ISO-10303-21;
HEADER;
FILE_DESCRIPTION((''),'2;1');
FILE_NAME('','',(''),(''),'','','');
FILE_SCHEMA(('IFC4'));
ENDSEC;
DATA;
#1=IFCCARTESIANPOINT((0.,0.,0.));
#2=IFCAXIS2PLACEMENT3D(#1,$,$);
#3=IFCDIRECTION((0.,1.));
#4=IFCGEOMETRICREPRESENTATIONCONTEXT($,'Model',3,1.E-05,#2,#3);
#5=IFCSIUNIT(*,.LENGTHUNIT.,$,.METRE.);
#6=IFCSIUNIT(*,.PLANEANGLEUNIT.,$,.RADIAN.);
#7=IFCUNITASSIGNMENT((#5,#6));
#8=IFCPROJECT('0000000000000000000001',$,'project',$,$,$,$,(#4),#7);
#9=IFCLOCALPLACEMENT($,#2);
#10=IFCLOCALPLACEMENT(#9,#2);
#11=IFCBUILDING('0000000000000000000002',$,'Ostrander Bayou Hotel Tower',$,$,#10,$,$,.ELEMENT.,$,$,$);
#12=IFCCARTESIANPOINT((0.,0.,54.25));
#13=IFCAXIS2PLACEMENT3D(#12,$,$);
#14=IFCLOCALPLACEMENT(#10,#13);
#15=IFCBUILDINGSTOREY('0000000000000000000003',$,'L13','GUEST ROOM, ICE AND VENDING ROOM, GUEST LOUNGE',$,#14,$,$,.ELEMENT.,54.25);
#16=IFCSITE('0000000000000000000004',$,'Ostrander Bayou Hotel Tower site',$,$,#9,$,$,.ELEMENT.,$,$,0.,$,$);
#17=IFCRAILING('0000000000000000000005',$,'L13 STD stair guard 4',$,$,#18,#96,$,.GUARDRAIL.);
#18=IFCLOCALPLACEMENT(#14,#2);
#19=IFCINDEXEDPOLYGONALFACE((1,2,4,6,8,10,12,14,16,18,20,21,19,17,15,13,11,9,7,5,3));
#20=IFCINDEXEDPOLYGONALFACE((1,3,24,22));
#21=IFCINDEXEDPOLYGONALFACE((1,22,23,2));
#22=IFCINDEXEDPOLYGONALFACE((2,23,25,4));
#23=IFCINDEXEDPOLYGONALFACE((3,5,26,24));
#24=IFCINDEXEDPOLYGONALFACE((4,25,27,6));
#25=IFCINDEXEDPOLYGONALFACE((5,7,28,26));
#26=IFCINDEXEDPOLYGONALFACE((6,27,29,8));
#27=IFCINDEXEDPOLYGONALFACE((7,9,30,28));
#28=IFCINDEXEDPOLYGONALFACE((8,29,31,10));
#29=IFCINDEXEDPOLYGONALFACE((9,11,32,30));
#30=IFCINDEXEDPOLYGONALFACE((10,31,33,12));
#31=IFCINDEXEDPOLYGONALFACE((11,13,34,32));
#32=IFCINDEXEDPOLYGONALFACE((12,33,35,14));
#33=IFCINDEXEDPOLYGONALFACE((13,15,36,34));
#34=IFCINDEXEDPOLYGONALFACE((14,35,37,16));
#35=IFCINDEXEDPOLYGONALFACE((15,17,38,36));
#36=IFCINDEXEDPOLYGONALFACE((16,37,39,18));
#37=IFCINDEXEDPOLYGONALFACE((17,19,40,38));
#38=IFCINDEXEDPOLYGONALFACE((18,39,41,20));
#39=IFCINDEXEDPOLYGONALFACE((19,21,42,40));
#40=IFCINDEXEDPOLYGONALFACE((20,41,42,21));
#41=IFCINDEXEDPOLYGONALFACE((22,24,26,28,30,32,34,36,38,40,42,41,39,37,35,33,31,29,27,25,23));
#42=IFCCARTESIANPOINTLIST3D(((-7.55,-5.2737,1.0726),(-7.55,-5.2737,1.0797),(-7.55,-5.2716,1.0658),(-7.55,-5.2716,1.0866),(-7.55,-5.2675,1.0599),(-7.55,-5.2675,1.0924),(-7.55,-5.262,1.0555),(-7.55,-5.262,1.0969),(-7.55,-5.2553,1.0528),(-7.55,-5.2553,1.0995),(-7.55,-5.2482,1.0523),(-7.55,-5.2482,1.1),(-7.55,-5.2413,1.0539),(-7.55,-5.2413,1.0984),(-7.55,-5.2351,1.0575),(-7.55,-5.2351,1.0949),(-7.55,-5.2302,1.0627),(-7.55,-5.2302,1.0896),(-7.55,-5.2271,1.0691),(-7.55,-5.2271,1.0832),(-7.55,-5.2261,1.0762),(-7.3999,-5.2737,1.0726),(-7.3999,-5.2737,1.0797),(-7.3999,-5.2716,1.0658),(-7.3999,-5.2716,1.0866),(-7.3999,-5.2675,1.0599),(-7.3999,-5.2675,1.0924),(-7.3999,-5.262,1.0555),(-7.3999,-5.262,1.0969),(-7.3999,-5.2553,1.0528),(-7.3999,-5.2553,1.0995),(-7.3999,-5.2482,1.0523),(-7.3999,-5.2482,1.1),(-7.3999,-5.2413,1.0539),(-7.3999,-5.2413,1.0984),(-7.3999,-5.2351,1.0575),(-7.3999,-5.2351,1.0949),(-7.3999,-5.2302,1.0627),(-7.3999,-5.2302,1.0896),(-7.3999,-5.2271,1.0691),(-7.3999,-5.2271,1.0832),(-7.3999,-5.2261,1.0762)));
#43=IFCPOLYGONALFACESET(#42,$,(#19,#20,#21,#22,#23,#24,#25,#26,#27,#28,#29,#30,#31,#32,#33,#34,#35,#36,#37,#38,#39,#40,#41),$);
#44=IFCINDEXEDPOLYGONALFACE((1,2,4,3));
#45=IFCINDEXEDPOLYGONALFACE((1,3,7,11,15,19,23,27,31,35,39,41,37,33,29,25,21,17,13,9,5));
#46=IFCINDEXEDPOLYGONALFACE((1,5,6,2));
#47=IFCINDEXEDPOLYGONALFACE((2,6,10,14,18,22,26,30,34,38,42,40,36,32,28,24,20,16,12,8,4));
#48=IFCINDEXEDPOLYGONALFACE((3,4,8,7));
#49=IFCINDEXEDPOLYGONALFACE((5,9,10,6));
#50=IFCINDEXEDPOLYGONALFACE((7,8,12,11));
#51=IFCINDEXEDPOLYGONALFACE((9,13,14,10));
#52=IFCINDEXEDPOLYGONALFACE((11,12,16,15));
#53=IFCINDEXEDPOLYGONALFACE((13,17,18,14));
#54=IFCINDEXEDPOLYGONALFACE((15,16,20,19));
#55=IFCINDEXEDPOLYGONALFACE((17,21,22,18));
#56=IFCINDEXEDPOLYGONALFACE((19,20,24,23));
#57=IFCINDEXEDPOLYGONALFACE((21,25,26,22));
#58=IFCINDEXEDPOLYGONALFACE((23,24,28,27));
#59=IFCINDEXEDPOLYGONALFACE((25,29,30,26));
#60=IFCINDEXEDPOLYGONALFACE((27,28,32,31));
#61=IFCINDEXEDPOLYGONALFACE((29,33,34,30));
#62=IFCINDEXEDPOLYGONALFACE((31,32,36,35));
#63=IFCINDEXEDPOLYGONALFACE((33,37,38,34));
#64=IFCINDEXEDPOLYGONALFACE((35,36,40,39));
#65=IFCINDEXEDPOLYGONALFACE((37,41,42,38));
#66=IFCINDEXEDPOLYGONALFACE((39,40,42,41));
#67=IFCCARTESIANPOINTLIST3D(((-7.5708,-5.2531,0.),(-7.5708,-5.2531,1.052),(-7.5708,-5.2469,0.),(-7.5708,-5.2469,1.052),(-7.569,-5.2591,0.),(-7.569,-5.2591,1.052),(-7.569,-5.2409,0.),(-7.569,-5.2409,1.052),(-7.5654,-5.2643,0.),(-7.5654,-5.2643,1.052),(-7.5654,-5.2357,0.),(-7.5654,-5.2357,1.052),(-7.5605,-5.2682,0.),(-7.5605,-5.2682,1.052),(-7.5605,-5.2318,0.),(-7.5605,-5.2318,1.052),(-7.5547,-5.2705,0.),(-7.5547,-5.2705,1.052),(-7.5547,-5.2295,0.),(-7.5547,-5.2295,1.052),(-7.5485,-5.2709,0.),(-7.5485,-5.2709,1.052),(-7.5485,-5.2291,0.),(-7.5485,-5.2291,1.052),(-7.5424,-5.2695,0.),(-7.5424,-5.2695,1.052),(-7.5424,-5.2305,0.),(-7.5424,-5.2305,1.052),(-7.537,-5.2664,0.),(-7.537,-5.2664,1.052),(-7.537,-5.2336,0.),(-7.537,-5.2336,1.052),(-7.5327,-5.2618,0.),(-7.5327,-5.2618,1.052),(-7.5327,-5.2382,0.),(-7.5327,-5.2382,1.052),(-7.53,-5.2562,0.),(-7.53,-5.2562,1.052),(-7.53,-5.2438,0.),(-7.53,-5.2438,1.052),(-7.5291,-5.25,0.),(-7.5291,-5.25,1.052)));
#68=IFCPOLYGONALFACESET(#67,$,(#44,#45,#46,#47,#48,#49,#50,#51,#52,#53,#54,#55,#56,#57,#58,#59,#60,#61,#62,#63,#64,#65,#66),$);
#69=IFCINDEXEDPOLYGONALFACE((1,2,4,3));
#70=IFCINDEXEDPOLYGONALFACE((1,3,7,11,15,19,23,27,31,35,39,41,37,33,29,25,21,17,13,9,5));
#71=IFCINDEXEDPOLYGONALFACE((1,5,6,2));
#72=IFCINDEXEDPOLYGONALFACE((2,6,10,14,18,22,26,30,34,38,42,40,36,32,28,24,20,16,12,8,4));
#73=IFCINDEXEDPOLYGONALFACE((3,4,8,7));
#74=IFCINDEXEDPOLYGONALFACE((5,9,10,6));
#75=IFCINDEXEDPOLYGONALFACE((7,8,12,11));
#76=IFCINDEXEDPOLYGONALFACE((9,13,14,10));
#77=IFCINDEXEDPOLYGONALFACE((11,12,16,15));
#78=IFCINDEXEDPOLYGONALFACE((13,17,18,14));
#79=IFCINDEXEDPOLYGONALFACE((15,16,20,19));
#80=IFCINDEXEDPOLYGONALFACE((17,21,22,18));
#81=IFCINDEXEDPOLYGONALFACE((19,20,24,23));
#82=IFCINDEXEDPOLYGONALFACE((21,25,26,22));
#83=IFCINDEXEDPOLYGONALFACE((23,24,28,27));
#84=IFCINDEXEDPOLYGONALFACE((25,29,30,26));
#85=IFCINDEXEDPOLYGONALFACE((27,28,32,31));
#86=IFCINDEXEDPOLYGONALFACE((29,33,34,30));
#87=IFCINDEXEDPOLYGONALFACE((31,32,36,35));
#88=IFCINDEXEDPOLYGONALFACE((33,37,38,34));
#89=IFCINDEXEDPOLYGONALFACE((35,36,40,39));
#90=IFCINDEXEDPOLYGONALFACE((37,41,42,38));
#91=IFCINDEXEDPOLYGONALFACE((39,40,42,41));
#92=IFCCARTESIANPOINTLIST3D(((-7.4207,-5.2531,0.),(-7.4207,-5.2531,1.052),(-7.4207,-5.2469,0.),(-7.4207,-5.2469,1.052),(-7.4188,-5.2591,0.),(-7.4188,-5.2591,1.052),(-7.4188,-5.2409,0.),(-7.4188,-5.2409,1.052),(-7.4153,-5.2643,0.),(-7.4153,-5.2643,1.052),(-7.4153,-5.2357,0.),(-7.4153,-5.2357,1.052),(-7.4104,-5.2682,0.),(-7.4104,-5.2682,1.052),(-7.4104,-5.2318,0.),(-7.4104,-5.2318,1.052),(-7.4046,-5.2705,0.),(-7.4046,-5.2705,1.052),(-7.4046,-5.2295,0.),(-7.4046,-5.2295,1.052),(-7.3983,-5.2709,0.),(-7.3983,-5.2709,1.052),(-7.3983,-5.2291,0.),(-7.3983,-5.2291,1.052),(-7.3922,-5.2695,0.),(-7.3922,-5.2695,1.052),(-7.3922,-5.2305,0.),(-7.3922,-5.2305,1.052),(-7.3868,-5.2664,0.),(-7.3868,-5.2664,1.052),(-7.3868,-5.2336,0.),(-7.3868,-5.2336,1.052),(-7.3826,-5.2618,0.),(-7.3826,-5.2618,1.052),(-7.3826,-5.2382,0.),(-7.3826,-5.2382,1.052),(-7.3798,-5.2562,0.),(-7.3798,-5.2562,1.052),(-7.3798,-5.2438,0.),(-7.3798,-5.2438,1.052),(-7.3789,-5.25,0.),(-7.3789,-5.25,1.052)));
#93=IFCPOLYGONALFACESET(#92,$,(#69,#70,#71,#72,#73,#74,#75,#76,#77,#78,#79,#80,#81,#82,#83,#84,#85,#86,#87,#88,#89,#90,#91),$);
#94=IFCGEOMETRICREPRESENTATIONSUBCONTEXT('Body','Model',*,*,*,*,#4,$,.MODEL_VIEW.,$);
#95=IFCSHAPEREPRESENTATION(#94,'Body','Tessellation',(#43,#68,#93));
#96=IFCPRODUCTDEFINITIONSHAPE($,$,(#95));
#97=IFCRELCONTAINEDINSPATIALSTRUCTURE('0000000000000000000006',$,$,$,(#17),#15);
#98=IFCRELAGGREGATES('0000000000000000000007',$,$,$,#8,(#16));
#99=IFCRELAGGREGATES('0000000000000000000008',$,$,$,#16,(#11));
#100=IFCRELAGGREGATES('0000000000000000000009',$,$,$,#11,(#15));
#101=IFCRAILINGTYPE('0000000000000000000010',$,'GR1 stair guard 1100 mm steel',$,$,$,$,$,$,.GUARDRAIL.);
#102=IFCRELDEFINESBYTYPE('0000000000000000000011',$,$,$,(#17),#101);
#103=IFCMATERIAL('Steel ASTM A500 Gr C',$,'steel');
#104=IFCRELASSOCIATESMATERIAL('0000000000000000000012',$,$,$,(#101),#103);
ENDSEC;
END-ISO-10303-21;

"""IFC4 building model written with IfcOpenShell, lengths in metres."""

from ifc_helpers import new_model, si_unit, direction, frame, origin, origin_2d, place, context, subcontext, project, spatial, circle, extrude, material, type_object, element, save


model = new_model("IFC4")

# Units and contexts
model_context = context("Model", 3, precision=1e-05, world=origin(), true_north=direction((0.0, 1.0)))
body_context = subcontext(model_context, "Body", "Model", "MODEL_VIEW")
ifc_project = project(units=[si_unit("LENGTHUNIT", "METRE"), si_unit("PLANEANGLEUNIT", "RADIAN")], contexts=[model_context])

# Site, building, storey
site_placement = place(None, origin())
site = spatial("IfcSite", under=ifc_project, at=site_placement, Name="Ostrander Bayou Hotel Tower site", CompositionType="ELEMENT", RefElevation=0.0)
building_placement = place(site_placement, origin())
building = spatial("IfcBuilding", under=site, at=building_placement, Name="Ostrander Bayou Hotel Tower", CompositionType="ELEMENT")
storey_placement = place(building_placement, frame((0.0, 0.0, 54.25)))
storey = spatial("IfcBuildingStorey", under=building, at=storey_placement, Name="L13", Description="GUEST ROOM, ICE AND VENDING ROOM, GUEST LOUNGE", CompositionType="ELEMENT", Elevation=54.25)

# Railing
ifc_material_1 = material(Name="Steel ASTM A500 Gr C", Category="steel")
railing_type_1 = type_object("IfcRailingType", Name="GR1 stair guard 1100 mm steel", PredefinedType="GUARDRAIL", material=ifc_material_1)
railing_1_placement = place(storey_placement, frame((-7.55, -5.25, 0.0)))
element("IfcRailing", 1, at=railing_1_placement, inside=storey, type_object=railing_type_1, Name="L13 STD stair guard 4", PredefinedType="GUARDRAIL", context=body_context, shape_type="SweptSolid", body=[
    extrude(circle(Radius=0.0239, at=origin_2d()), frame((0.0, 0.0, 1.0762), z_axis=(1.0, 0.0, 0.0), x_axis=(0.0, 1.0, 0.0)), (0.0, 0.0, 1.0), 0.1501),
    extrude(circle(Radius=0.021, at=origin_2d()), origin(), (0.0, 0.0, 1.0), 1.052),
    extrude(circle(Radius=0.021, at=origin_2d()), frame((0.1501, 0.0, 0.0)), (0.0, 0.0, 1.0), 1.052),
])

save(model, "model.ifc")
